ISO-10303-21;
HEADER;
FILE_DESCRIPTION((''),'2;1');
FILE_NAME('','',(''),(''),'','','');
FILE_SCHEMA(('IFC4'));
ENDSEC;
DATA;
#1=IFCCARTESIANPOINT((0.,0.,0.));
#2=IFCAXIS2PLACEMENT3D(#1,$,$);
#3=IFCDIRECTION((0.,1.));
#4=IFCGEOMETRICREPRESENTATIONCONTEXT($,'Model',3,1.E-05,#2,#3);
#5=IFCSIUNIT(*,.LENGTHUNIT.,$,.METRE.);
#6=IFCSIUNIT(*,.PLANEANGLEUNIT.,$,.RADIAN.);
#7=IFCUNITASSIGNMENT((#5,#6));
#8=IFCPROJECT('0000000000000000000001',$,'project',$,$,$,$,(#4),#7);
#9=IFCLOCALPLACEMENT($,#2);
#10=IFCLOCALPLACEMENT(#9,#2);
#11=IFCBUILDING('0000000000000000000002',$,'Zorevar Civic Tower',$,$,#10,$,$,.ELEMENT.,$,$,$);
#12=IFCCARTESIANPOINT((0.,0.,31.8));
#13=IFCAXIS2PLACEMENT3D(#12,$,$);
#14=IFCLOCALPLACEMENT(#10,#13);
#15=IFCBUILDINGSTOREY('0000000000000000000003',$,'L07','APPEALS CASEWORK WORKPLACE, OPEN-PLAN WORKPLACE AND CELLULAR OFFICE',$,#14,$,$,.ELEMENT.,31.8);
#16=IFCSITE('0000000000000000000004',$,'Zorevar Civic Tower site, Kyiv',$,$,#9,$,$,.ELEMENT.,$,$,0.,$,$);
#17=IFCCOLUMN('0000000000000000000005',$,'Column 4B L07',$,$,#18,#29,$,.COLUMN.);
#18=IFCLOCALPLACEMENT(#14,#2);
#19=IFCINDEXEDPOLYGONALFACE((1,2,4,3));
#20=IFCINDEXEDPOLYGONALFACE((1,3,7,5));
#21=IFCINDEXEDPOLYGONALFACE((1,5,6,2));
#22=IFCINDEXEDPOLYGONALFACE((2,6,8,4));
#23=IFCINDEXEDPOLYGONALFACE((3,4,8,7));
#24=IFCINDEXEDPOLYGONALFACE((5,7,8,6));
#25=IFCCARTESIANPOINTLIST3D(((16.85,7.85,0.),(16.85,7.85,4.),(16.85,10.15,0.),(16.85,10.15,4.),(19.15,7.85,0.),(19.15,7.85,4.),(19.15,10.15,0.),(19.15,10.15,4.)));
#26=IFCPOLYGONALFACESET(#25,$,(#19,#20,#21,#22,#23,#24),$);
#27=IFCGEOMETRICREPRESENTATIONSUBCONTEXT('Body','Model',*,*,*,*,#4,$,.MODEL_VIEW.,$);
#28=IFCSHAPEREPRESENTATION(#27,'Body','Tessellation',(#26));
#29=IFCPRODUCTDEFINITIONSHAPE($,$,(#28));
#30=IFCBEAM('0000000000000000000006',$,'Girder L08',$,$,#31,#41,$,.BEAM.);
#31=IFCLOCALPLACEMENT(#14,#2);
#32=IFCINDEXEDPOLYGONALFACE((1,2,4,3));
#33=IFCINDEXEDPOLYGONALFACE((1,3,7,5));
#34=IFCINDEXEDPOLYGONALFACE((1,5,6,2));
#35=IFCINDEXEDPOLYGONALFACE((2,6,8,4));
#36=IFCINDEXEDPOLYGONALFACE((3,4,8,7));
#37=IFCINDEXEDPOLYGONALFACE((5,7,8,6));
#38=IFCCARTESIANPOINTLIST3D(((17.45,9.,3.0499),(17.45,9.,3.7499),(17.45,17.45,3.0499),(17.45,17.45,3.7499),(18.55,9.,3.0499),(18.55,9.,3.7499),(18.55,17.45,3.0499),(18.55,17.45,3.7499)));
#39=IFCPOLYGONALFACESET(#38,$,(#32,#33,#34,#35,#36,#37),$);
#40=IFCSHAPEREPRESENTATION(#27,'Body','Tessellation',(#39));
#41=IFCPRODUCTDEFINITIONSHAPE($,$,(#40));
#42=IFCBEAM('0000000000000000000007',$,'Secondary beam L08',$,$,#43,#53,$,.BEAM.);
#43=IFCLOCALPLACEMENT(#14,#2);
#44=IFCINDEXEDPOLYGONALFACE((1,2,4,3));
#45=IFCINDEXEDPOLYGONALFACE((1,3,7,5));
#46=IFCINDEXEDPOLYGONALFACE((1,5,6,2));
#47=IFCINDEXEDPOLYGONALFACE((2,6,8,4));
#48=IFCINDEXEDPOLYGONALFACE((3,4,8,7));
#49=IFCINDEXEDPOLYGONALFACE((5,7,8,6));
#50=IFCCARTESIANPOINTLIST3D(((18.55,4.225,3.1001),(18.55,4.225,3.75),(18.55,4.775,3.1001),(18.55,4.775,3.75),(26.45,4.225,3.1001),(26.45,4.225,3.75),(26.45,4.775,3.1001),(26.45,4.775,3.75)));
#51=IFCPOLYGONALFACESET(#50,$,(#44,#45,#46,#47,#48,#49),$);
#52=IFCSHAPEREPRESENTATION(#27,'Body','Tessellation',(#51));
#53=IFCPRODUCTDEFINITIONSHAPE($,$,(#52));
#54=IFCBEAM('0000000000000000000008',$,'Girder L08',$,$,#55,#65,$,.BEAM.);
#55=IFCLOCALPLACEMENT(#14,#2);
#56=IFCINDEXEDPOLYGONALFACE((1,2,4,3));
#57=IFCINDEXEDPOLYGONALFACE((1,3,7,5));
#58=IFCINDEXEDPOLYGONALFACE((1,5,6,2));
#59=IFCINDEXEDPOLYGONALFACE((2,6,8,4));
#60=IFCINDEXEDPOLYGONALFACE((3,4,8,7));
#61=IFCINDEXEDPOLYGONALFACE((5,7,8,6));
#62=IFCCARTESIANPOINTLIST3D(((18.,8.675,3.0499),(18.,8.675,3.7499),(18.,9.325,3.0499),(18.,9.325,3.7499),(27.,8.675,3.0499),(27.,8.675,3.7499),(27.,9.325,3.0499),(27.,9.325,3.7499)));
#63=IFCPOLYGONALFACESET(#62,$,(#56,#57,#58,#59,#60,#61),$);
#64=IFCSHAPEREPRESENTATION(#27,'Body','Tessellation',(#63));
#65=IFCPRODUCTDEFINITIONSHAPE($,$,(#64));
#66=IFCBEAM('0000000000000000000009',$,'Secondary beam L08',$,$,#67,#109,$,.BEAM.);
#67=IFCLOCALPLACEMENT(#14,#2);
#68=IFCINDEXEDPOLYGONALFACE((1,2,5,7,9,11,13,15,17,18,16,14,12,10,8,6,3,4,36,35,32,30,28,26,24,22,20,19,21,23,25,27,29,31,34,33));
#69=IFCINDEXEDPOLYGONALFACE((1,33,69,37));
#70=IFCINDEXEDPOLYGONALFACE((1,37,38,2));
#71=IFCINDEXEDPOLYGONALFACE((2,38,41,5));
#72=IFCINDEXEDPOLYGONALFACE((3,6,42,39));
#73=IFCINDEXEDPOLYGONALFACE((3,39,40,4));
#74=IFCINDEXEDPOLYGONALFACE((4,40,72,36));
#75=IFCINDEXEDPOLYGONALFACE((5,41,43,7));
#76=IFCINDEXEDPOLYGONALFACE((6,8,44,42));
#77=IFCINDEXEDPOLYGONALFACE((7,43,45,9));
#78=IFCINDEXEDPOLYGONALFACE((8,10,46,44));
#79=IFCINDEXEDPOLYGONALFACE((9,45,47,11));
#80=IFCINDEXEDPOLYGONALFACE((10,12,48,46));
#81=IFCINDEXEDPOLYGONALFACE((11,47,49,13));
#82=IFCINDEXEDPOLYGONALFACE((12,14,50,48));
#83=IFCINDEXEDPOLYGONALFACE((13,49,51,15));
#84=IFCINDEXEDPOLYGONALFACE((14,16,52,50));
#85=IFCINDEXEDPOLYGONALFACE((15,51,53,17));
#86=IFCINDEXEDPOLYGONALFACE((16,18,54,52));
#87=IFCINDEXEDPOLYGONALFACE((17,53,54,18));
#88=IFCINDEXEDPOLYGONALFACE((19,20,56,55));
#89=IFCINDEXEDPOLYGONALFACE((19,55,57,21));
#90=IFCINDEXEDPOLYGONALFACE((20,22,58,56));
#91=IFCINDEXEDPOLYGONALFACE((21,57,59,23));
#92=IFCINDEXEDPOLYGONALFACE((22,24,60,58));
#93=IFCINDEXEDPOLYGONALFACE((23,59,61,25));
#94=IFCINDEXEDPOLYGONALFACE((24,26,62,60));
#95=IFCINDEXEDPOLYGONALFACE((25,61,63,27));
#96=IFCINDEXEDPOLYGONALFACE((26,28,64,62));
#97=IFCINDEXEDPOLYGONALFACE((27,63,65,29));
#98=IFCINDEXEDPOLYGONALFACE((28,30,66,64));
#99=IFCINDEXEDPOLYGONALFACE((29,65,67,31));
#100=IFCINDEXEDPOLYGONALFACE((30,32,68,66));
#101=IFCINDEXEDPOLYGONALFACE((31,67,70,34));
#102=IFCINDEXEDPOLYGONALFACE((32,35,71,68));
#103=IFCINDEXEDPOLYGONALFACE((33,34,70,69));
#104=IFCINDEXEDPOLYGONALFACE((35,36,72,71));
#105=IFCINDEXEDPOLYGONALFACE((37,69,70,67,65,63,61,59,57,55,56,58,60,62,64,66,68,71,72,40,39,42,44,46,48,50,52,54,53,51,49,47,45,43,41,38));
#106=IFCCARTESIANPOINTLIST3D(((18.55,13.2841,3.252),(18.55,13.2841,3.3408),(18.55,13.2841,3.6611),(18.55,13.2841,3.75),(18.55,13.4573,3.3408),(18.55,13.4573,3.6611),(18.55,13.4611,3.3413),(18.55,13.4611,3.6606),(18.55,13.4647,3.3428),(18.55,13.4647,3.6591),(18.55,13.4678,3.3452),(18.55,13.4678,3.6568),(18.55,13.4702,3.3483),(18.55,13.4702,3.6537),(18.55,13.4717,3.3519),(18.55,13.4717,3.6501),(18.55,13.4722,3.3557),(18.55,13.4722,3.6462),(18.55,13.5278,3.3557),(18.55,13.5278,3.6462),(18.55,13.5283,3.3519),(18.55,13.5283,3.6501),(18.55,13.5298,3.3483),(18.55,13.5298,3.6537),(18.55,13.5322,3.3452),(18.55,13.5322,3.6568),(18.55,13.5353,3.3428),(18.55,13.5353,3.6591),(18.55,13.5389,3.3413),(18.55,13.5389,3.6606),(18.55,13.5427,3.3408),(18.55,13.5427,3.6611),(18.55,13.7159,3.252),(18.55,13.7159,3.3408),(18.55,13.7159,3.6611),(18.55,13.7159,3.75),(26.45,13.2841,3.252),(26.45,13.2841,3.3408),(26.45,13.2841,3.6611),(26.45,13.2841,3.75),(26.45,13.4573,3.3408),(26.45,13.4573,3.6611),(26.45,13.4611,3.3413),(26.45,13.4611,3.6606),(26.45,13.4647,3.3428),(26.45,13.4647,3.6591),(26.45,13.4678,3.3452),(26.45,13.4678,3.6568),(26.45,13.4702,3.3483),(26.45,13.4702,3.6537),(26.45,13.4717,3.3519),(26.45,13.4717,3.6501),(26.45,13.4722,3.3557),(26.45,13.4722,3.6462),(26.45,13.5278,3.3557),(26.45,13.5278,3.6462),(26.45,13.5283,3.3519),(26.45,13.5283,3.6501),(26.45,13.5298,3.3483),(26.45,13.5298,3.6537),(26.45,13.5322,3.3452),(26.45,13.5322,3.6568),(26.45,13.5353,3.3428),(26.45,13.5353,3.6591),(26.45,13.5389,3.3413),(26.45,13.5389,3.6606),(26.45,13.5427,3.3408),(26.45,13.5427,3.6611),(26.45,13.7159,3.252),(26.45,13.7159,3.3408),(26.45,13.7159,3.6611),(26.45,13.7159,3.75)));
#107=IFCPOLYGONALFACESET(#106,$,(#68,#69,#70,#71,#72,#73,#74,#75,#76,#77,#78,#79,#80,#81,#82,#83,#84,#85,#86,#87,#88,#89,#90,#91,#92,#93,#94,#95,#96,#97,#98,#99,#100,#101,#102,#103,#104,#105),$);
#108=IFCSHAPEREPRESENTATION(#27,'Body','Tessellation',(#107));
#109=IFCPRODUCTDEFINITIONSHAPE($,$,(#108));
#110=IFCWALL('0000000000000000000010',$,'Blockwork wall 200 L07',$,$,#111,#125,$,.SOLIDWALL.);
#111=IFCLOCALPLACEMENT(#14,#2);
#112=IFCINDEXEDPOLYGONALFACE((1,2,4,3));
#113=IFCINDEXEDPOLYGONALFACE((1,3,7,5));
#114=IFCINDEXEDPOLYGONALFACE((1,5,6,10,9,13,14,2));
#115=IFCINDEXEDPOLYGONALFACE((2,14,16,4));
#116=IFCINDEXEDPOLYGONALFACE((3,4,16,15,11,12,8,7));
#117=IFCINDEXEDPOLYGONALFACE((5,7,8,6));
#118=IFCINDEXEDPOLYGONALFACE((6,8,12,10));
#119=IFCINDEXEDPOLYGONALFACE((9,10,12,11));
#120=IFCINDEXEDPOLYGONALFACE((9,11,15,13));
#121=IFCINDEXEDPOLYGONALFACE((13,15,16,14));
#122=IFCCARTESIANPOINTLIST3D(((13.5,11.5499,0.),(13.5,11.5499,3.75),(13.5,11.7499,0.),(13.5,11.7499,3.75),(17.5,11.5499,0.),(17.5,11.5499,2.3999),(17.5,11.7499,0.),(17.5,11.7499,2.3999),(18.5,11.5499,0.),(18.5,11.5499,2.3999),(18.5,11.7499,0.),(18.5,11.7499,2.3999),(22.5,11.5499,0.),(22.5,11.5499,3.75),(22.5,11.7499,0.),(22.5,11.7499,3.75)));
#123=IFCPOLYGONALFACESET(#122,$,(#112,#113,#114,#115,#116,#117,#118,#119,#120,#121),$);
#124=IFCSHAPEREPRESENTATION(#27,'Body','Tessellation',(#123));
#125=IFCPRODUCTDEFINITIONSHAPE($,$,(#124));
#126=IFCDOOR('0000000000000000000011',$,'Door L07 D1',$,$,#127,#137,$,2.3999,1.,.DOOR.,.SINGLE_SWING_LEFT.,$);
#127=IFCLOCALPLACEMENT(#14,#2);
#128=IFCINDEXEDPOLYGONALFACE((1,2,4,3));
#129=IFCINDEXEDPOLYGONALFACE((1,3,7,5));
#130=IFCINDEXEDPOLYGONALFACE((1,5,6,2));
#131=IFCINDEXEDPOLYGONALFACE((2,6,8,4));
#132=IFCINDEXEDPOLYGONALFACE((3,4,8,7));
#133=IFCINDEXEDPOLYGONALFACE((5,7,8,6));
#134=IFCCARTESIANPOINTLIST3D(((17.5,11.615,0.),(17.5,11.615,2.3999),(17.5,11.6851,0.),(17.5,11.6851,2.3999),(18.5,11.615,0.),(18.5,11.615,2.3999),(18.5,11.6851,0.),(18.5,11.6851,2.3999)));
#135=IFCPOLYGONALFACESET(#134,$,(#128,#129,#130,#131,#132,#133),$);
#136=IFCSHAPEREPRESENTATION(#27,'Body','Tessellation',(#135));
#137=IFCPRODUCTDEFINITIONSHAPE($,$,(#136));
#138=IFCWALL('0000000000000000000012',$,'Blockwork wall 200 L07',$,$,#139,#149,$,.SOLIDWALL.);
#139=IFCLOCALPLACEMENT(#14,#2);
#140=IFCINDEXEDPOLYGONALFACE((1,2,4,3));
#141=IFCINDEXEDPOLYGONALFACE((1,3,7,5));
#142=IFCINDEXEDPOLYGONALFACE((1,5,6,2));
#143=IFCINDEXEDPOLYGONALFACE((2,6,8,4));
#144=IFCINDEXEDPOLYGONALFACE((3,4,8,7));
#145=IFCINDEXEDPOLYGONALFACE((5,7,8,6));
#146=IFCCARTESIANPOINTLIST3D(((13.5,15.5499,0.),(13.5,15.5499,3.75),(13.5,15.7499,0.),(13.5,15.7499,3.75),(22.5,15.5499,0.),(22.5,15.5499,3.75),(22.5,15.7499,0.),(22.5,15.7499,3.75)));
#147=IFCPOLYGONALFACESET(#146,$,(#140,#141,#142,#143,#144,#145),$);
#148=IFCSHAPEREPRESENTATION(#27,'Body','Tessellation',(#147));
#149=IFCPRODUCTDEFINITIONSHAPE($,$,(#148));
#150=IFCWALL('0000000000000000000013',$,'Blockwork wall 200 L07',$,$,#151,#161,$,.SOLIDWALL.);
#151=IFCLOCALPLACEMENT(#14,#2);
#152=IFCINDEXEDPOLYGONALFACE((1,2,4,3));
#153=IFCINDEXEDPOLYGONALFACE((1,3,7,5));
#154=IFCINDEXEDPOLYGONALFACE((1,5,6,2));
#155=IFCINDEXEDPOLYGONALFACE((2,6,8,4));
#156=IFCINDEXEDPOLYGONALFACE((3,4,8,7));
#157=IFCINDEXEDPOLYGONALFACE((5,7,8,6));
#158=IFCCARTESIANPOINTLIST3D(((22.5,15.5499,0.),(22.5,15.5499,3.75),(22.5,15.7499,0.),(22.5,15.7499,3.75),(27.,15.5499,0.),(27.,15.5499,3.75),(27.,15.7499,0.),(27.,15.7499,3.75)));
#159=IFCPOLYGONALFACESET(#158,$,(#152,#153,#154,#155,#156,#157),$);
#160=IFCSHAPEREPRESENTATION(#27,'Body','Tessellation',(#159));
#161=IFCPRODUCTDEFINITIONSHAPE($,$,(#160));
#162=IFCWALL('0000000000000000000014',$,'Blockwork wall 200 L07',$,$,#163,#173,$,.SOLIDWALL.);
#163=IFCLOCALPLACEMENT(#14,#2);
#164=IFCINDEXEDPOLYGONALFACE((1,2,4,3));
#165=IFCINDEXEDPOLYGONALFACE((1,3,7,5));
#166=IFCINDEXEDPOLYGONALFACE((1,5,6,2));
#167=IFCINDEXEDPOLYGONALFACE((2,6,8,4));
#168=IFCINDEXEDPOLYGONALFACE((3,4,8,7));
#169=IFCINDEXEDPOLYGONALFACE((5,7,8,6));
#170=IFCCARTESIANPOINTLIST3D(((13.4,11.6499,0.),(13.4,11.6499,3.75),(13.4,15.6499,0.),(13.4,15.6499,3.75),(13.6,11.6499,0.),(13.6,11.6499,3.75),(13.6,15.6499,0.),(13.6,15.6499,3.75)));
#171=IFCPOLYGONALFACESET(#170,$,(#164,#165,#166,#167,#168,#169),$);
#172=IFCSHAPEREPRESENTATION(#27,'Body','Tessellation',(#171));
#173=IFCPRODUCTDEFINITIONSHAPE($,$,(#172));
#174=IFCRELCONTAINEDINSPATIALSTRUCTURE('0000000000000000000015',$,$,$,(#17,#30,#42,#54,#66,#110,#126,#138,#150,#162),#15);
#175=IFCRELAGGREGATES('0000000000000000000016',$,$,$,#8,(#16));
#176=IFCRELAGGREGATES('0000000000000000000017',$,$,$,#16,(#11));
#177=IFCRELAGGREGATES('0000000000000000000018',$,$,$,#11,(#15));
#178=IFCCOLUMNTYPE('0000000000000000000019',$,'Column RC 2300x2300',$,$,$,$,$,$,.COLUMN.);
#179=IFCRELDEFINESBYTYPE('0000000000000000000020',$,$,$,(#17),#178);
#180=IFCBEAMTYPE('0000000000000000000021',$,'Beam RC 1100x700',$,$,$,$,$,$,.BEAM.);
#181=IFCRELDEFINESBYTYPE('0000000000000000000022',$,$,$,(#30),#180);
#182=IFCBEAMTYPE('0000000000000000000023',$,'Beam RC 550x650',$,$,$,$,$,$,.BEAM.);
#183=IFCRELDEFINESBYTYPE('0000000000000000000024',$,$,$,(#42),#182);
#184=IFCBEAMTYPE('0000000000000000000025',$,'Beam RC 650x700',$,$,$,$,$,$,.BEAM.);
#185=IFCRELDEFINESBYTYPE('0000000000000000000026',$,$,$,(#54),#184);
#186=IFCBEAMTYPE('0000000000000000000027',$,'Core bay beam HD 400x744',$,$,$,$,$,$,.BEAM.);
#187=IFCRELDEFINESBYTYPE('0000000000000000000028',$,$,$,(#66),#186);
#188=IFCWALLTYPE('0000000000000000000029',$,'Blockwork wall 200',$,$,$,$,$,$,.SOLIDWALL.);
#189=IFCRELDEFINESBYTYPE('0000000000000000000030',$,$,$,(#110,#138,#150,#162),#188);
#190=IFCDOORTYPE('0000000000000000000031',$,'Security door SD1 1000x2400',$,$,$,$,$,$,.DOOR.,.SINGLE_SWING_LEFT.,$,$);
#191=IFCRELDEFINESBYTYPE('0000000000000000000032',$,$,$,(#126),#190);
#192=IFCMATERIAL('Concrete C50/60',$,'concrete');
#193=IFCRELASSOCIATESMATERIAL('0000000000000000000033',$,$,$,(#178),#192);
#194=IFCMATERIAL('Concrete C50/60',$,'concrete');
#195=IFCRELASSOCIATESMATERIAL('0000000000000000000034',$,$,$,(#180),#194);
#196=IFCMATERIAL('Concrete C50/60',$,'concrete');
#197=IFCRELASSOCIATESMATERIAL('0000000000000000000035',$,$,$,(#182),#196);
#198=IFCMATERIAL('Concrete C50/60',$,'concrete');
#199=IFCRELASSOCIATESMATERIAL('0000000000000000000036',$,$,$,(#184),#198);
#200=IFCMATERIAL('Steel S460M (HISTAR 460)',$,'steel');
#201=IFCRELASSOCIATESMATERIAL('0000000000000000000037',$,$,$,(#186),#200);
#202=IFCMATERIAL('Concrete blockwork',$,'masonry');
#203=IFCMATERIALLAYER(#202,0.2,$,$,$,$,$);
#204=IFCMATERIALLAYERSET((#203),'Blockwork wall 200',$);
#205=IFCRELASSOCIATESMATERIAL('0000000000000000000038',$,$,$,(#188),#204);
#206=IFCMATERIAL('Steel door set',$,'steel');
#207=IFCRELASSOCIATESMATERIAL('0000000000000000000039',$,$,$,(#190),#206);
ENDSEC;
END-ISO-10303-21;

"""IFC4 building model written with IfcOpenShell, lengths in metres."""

from ifc_helpers import new_model, si_unit, direction, frame, frame_2d, origin, origin_2d, place, context, subcontext, project, spatial, rectangle, i_section, extrude, material, layer, layer_set, material_profile, profile_set, type_object, element, fill, save


model = new_model("IFC4")

# Units and contexts
model_context = context("Model", 3, precision=1e-05, world=origin(), true_north=direction((0.0, 1.0)))
body_context = subcontext(model_context, "Body", "Model", "MODEL_VIEW")
ifc_project = project(units=[si_unit("LENGTHUNIT", "METRE"), si_unit("PLANEANGLEUNIT", "RADIAN")], contexts=[model_context])

# Site, building, storey
site_placement = place(None, origin())
site = spatial("IfcSite", under=ifc_project, at=site_placement, Name="Zorevar Civic Tower site, Kyiv", CompositionType="ELEMENT", RefElevation=0.0)
building_placement = place(site_placement, origin())
building = spatial("IfcBuilding", under=site, at=building_placement, Name="Zorevar Civic Tower", CompositionType="ELEMENT")
storey_placement = place(building_placement, frame((0.0, 0.0, 31.8)))
storey = spatial("IfcBuildingStorey", under=building, at=storey_placement, Name="L07", Description="APPEALS CASEWORK WORKPLACE, OPEN-PLAN WORKPLACE AND CELLULAR OFFICE", CompositionType="ELEMENT", Elevation=31.8)

# Column
ifc_material_1 = material(Name="Concrete C50/60", Category="concrete")
ifc_material_profile_1 = material_profile(ifc_material_1, rectangle(XDim=2.3, YDim=2.3, at=origin_2d()), Name="RC 2300x2300")
ifc_profile_set_1 = profile_set([ifc_material_profile_1], Name="Concrete C50/60")
column_type = type_object("IfcColumnType", Name="Column RC 2300x2300", PredefinedType="COLUMN", material=ifc_profile_set_1)
column_placement = place(storey_placement, frame((18.0, 9.0, 0.0), z_axis=(0.0, 0.0, 1.0), x_axis=(1.0, 0.0, 0.0)))
element("IfcColumn", 1, at=column_placement, inside=storey, type_object=column_type, Name="Column 4B L07", PredefinedType="COLUMN", context=body_context, shape_type="SweptSolid", body=[
    extrude(rectangle(XDim=2.3, YDim=2.3, at=origin_2d()), origin(), (0.0, 0.0, 1.0), 4.0),
])

# Beams
ifc_material_2 = material(Name="Concrete C50/60", Category="concrete")
ifc_material_profile_2 = material_profile(ifc_material_2, rectangle(XDim=1.1001, YDim=0.7, at=origin_2d()), Name="RC 1100x700")
ifc_profile_set_2 = profile_set([ifc_material_profile_2], Name="Concrete C50/60")
beam_type_1 = type_object("IfcBeamType", Name="Beam RC 1100x700", PredefinedType="BEAM", material=ifc_profile_set_2)
beam_1_placement = place(storey_placement, frame((18.0, 9.0, 3.3999), z_axis=(0.0, 1.0, 0.0), x_axis=(-1.0, 0.0, 0.0)))
element("IfcBeam", 2, at=beam_1_placement, inside=storey, type_object=beam_type_1, Name="Girder L08", PredefinedType="BEAM", context=body_context, shape_type="SweptSolid", body=[
    extrude(rectangle(XDim=1.1001, YDim=0.7, at=origin_2d()), origin(), (0.0, 0.0, 1.0), 8.45),
])
ifc_material_3 = material(Name="Concrete C50/60", Category="concrete")
ifc_material_profile_3 = material_profile(ifc_material_3, rectangle(XDim=0.55, YDim=0.6499, at=origin_2d()), Name="RC 550x650")
ifc_profile_set_3 = profile_set([ifc_material_profile_3], Name="Concrete C50/60")
beam_type_2 = type_object("IfcBeamType", Name="Beam RC 550x650", PredefinedType="BEAM", material=ifc_profile_set_3)
beam_2_placement = place(storey_placement, frame((18.55, 4.5, 3.425), z_axis=(1.0, 0.0, 0.0), x_axis=(0.0, 1.0, 0.0)))
element("IfcBeam", 3, at=beam_2_placement, inside=storey, type_object=beam_type_2, Name="Secondary beam L08", PredefinedType="BEAM", context=body_context, shape_type="SweptSolid", body=[
    extrude(rectangle(XDim=0.55, YDim=0.6499, at=origin_2d()), origin(), (0.0, 0.0, 1.0), 7.8999),
])
ifc_material_4 = material(Name="Concrete C50/60", Category="concrete")
ifc_material_profile_4 = material_profile(ifc_material_4, rectangle(XDim=0.6499, YDim=0.7, at=origin_2d()), Name="RC 650x700")
ifc_profile_set_4 = profile_set([ifc_material_profile_4], Name="Concrete C50/60")
beam_type_3 = type_object("IfcBeamType", Name="Beam RC 650x700", PredefinedType="BEAM", material=ifc_profile_set_4)
beam_3_placement = place(storey_placement, frame((18.0, 9.0, 3.3999), z_axis=(1.0, 0.0, 0.0), x_axis=(0.0, 1.0, 0.0)))
element("IfcBeam", 4, at=beam_3_placement, inside=storey, type_object=beam_type_3, Name="Girder L08", PredefinedType="BEAM", context=body_context, shape_type="SweptSolid", body=[
    extrude(rectangle(XDim=0.6499, YDim=0.7, at=origin_2d()), origin(), (0.0, 0.0, 1.0), 9.0),
])
ifc_material_5 = material(Name="Steel S460M (HISTAR 460)", Category="steel")
ifc_material_profile_5 = material_profile(ifc_material_5, i_section(OverallWidth=0.4319, OverallDepth=0.498, WebThickness=0.0557, FlangeThickness=0.0889, FilletRadius=0.0149, at=origin_2d()), Name="HD 400x744")
ifc_profile_set_5 = profile_set([ifc_material_profile_5], Name="Steel S460M (HISTAR 460)")
beam_type_4 = type_object("IfcBeamType", Name="Core bay beam HD 400x744", PredefinedType="BEAM", material=ifc_profile_set_5)
beam_4_placement = place(storey_placement, frame((18.55, 13.5, 3.501), z_axis=(1.0, 0.0, 0.0), x_axis=(0.0, 1.0, 0.0)))
element("IfcBeam", 5, at=beam_4_placement, inside=storey, type_object=beam_type_4, Name="Secondary beam L08", PredefinedType="BEAM", context=body_context, shape_type="SweptSolid", body=[
    extrude(i_section(OverallWidth=0.4319, OverallDepth=0.498, WebThickness=0.0557, FlangeThickness=0.0889, FilletRadius=0.0149, at=origin_2d()), origin(), (0.0, 0.0, 1.0), 7.8999),
])

# Wall, opening, door
ifc_material_6 = material(Name="Concrete blockwork", Category="masonry")
ifc_layer_1 = layer(ifc_material_6, 0.2)
ifc_layer_set_1 = layer_set([ifc_layer_1], Name="Blockwork wall 200")
wall_type_1 = type_object("IfcWallType", Name="Blockwork wall 200", PredefinedType="SOLIDWALL", material=ifc_layer_set_1)
wall_1_placement = place(storey_placement, frame((13.5, 11.6499, 0.0), z_axis=(0.0, 0.0, 1.0), x_axis=(1.0, 0.0, 0.0)))
wall_1 = element("IfcWall", 6, at=wall_1_placement, inside=storey, type_object=wall_type_1, Name="Blockwork wall 200 L07", PredefinedType="SOLIDWALL", context=body_context, shape_type="SweptSolid", body=[
    extrude(rectangle(XDim=9.0, YDim=0.2, at=frame_2d((4.5, 0.0))), origin(), (0.0, 0.0, 1.0), 3.75),
])
opening_1_placement = place(wall_1_placement, frame((4.0, 0.0, 0.0)))
opening_1 = element("IfcOpeningElement", 7, at=opening_1_placement, cuts=wall_1, PredefinedType="OPENING", context=body_context, shape_type="SweptSolid", body=[
    extrude(rectangle(XDim=1.0, YDim=2.3999, at=frame_2d((0.5, 1.2))), frame((0.0, 0.1099, 0.0), z_axis=(0.0, -1.0, 0.0), x_axis=(1.0, 0.0, 0.0)), (0.0, 0.0, 1.0), 0.22),
])
ifc_material_7 = material(Name="Steel door set", Category="steel")
door_type_1 = type_object("IfcDoorType", Name="Security door SD1 1000x2400", OperationType="SINGLE_SWING_LEFT", PredefinedType="DOOR", material=ifc_material_7)
door_1_placement = place(opening_1_placement, origin())
door_1 = element("IfcDoor", 8, at=door_1_placement, inside=storey, type_object=door_type_1, Name="Door L07 D1", OperationType="SINGLE_SWING_LEFT", OverallHeight=2.3999, OverallWidth=1.0, PredefinedType="DOOR", context=body_context, shape_type="SweptSolid", body=[
    extrude(rectangle(XDim=1.0, YDim=2.3999, at=frame_2d((0.5, 1.2))), frame((0.0, 0.0352, 0.0), z_axis=(0.0, -1.0, 0.0), x_axis=(1.0, 0.0, 0.0)), (0.0, 0.0, 1.0), 0.0701),
])
fill(opening_1, door_1)

# Walls
wall_2_placement = place(storey_placement, frame((13.5, 15.6499, 0.0), z_axis=(0.0, 0.0, 1.0), x_axis=(1.0, 0.0, 0.0)))
element("IfcWall", 9, at=wall_2_placement, inside=storey, type_object=wall_type_1, Name="Blockwork wall 200 L07", PredefinedType="SOLIDWALL", context=body_context, shape_type="SweptSolid", body=[
    extrude(rectangle(XDim=9.0, YDim=0.2, at=frame_2d((4.5, 0.0))), origin(), (0.0, 0.0, 1.0), 3.75),
])
wall_3_placement = place(storey_placement, frame((22.5, 15.6499, 0.0), z_axis=(0.0, 0.0, 1.0), x_axis=(1.0, 0.0, 0.0)))
element("IfcWall", 10, at=wall_3_placement, inside=storey, type_object=wall_type_1, Name="Blockwork wall 200 L07", PredefinedType="SOLIDWALL", context=body_context, shape_type="SweptSolid", body=[
    extrude(rectangle(XDim=4.5, YDim=0.2, at=frame_2d((2.25, 0.0))), origin(), (0.0, 0.0, 1.0), 3.75),
])
for number, where, z_axis, x_axis, name in (
    (11, (13.5, 11.6499, 0.0), (0.0, 0.0, 1.0), (0.0, 1.0, 0.0), "Blockwork wall 200 L07"),
):
    element("IfcWall", number, at=place(storey_placement, frame(where, z_axis=z_axis, x_axis=x_axis)), inside=storey, type_object=wall_type_1, Name=name, PredefinedType="SOLIDWALL", context=body_context, shape_type="SweptSolid", body=[
        extrude(rectangle(XDim=4.0, YDim=0.2, at=frame_2d((2.0, 0.0))), origin(), (0.0, 0.0, 1.0), 3.75),
    ])

save(model, "model.ifc")
